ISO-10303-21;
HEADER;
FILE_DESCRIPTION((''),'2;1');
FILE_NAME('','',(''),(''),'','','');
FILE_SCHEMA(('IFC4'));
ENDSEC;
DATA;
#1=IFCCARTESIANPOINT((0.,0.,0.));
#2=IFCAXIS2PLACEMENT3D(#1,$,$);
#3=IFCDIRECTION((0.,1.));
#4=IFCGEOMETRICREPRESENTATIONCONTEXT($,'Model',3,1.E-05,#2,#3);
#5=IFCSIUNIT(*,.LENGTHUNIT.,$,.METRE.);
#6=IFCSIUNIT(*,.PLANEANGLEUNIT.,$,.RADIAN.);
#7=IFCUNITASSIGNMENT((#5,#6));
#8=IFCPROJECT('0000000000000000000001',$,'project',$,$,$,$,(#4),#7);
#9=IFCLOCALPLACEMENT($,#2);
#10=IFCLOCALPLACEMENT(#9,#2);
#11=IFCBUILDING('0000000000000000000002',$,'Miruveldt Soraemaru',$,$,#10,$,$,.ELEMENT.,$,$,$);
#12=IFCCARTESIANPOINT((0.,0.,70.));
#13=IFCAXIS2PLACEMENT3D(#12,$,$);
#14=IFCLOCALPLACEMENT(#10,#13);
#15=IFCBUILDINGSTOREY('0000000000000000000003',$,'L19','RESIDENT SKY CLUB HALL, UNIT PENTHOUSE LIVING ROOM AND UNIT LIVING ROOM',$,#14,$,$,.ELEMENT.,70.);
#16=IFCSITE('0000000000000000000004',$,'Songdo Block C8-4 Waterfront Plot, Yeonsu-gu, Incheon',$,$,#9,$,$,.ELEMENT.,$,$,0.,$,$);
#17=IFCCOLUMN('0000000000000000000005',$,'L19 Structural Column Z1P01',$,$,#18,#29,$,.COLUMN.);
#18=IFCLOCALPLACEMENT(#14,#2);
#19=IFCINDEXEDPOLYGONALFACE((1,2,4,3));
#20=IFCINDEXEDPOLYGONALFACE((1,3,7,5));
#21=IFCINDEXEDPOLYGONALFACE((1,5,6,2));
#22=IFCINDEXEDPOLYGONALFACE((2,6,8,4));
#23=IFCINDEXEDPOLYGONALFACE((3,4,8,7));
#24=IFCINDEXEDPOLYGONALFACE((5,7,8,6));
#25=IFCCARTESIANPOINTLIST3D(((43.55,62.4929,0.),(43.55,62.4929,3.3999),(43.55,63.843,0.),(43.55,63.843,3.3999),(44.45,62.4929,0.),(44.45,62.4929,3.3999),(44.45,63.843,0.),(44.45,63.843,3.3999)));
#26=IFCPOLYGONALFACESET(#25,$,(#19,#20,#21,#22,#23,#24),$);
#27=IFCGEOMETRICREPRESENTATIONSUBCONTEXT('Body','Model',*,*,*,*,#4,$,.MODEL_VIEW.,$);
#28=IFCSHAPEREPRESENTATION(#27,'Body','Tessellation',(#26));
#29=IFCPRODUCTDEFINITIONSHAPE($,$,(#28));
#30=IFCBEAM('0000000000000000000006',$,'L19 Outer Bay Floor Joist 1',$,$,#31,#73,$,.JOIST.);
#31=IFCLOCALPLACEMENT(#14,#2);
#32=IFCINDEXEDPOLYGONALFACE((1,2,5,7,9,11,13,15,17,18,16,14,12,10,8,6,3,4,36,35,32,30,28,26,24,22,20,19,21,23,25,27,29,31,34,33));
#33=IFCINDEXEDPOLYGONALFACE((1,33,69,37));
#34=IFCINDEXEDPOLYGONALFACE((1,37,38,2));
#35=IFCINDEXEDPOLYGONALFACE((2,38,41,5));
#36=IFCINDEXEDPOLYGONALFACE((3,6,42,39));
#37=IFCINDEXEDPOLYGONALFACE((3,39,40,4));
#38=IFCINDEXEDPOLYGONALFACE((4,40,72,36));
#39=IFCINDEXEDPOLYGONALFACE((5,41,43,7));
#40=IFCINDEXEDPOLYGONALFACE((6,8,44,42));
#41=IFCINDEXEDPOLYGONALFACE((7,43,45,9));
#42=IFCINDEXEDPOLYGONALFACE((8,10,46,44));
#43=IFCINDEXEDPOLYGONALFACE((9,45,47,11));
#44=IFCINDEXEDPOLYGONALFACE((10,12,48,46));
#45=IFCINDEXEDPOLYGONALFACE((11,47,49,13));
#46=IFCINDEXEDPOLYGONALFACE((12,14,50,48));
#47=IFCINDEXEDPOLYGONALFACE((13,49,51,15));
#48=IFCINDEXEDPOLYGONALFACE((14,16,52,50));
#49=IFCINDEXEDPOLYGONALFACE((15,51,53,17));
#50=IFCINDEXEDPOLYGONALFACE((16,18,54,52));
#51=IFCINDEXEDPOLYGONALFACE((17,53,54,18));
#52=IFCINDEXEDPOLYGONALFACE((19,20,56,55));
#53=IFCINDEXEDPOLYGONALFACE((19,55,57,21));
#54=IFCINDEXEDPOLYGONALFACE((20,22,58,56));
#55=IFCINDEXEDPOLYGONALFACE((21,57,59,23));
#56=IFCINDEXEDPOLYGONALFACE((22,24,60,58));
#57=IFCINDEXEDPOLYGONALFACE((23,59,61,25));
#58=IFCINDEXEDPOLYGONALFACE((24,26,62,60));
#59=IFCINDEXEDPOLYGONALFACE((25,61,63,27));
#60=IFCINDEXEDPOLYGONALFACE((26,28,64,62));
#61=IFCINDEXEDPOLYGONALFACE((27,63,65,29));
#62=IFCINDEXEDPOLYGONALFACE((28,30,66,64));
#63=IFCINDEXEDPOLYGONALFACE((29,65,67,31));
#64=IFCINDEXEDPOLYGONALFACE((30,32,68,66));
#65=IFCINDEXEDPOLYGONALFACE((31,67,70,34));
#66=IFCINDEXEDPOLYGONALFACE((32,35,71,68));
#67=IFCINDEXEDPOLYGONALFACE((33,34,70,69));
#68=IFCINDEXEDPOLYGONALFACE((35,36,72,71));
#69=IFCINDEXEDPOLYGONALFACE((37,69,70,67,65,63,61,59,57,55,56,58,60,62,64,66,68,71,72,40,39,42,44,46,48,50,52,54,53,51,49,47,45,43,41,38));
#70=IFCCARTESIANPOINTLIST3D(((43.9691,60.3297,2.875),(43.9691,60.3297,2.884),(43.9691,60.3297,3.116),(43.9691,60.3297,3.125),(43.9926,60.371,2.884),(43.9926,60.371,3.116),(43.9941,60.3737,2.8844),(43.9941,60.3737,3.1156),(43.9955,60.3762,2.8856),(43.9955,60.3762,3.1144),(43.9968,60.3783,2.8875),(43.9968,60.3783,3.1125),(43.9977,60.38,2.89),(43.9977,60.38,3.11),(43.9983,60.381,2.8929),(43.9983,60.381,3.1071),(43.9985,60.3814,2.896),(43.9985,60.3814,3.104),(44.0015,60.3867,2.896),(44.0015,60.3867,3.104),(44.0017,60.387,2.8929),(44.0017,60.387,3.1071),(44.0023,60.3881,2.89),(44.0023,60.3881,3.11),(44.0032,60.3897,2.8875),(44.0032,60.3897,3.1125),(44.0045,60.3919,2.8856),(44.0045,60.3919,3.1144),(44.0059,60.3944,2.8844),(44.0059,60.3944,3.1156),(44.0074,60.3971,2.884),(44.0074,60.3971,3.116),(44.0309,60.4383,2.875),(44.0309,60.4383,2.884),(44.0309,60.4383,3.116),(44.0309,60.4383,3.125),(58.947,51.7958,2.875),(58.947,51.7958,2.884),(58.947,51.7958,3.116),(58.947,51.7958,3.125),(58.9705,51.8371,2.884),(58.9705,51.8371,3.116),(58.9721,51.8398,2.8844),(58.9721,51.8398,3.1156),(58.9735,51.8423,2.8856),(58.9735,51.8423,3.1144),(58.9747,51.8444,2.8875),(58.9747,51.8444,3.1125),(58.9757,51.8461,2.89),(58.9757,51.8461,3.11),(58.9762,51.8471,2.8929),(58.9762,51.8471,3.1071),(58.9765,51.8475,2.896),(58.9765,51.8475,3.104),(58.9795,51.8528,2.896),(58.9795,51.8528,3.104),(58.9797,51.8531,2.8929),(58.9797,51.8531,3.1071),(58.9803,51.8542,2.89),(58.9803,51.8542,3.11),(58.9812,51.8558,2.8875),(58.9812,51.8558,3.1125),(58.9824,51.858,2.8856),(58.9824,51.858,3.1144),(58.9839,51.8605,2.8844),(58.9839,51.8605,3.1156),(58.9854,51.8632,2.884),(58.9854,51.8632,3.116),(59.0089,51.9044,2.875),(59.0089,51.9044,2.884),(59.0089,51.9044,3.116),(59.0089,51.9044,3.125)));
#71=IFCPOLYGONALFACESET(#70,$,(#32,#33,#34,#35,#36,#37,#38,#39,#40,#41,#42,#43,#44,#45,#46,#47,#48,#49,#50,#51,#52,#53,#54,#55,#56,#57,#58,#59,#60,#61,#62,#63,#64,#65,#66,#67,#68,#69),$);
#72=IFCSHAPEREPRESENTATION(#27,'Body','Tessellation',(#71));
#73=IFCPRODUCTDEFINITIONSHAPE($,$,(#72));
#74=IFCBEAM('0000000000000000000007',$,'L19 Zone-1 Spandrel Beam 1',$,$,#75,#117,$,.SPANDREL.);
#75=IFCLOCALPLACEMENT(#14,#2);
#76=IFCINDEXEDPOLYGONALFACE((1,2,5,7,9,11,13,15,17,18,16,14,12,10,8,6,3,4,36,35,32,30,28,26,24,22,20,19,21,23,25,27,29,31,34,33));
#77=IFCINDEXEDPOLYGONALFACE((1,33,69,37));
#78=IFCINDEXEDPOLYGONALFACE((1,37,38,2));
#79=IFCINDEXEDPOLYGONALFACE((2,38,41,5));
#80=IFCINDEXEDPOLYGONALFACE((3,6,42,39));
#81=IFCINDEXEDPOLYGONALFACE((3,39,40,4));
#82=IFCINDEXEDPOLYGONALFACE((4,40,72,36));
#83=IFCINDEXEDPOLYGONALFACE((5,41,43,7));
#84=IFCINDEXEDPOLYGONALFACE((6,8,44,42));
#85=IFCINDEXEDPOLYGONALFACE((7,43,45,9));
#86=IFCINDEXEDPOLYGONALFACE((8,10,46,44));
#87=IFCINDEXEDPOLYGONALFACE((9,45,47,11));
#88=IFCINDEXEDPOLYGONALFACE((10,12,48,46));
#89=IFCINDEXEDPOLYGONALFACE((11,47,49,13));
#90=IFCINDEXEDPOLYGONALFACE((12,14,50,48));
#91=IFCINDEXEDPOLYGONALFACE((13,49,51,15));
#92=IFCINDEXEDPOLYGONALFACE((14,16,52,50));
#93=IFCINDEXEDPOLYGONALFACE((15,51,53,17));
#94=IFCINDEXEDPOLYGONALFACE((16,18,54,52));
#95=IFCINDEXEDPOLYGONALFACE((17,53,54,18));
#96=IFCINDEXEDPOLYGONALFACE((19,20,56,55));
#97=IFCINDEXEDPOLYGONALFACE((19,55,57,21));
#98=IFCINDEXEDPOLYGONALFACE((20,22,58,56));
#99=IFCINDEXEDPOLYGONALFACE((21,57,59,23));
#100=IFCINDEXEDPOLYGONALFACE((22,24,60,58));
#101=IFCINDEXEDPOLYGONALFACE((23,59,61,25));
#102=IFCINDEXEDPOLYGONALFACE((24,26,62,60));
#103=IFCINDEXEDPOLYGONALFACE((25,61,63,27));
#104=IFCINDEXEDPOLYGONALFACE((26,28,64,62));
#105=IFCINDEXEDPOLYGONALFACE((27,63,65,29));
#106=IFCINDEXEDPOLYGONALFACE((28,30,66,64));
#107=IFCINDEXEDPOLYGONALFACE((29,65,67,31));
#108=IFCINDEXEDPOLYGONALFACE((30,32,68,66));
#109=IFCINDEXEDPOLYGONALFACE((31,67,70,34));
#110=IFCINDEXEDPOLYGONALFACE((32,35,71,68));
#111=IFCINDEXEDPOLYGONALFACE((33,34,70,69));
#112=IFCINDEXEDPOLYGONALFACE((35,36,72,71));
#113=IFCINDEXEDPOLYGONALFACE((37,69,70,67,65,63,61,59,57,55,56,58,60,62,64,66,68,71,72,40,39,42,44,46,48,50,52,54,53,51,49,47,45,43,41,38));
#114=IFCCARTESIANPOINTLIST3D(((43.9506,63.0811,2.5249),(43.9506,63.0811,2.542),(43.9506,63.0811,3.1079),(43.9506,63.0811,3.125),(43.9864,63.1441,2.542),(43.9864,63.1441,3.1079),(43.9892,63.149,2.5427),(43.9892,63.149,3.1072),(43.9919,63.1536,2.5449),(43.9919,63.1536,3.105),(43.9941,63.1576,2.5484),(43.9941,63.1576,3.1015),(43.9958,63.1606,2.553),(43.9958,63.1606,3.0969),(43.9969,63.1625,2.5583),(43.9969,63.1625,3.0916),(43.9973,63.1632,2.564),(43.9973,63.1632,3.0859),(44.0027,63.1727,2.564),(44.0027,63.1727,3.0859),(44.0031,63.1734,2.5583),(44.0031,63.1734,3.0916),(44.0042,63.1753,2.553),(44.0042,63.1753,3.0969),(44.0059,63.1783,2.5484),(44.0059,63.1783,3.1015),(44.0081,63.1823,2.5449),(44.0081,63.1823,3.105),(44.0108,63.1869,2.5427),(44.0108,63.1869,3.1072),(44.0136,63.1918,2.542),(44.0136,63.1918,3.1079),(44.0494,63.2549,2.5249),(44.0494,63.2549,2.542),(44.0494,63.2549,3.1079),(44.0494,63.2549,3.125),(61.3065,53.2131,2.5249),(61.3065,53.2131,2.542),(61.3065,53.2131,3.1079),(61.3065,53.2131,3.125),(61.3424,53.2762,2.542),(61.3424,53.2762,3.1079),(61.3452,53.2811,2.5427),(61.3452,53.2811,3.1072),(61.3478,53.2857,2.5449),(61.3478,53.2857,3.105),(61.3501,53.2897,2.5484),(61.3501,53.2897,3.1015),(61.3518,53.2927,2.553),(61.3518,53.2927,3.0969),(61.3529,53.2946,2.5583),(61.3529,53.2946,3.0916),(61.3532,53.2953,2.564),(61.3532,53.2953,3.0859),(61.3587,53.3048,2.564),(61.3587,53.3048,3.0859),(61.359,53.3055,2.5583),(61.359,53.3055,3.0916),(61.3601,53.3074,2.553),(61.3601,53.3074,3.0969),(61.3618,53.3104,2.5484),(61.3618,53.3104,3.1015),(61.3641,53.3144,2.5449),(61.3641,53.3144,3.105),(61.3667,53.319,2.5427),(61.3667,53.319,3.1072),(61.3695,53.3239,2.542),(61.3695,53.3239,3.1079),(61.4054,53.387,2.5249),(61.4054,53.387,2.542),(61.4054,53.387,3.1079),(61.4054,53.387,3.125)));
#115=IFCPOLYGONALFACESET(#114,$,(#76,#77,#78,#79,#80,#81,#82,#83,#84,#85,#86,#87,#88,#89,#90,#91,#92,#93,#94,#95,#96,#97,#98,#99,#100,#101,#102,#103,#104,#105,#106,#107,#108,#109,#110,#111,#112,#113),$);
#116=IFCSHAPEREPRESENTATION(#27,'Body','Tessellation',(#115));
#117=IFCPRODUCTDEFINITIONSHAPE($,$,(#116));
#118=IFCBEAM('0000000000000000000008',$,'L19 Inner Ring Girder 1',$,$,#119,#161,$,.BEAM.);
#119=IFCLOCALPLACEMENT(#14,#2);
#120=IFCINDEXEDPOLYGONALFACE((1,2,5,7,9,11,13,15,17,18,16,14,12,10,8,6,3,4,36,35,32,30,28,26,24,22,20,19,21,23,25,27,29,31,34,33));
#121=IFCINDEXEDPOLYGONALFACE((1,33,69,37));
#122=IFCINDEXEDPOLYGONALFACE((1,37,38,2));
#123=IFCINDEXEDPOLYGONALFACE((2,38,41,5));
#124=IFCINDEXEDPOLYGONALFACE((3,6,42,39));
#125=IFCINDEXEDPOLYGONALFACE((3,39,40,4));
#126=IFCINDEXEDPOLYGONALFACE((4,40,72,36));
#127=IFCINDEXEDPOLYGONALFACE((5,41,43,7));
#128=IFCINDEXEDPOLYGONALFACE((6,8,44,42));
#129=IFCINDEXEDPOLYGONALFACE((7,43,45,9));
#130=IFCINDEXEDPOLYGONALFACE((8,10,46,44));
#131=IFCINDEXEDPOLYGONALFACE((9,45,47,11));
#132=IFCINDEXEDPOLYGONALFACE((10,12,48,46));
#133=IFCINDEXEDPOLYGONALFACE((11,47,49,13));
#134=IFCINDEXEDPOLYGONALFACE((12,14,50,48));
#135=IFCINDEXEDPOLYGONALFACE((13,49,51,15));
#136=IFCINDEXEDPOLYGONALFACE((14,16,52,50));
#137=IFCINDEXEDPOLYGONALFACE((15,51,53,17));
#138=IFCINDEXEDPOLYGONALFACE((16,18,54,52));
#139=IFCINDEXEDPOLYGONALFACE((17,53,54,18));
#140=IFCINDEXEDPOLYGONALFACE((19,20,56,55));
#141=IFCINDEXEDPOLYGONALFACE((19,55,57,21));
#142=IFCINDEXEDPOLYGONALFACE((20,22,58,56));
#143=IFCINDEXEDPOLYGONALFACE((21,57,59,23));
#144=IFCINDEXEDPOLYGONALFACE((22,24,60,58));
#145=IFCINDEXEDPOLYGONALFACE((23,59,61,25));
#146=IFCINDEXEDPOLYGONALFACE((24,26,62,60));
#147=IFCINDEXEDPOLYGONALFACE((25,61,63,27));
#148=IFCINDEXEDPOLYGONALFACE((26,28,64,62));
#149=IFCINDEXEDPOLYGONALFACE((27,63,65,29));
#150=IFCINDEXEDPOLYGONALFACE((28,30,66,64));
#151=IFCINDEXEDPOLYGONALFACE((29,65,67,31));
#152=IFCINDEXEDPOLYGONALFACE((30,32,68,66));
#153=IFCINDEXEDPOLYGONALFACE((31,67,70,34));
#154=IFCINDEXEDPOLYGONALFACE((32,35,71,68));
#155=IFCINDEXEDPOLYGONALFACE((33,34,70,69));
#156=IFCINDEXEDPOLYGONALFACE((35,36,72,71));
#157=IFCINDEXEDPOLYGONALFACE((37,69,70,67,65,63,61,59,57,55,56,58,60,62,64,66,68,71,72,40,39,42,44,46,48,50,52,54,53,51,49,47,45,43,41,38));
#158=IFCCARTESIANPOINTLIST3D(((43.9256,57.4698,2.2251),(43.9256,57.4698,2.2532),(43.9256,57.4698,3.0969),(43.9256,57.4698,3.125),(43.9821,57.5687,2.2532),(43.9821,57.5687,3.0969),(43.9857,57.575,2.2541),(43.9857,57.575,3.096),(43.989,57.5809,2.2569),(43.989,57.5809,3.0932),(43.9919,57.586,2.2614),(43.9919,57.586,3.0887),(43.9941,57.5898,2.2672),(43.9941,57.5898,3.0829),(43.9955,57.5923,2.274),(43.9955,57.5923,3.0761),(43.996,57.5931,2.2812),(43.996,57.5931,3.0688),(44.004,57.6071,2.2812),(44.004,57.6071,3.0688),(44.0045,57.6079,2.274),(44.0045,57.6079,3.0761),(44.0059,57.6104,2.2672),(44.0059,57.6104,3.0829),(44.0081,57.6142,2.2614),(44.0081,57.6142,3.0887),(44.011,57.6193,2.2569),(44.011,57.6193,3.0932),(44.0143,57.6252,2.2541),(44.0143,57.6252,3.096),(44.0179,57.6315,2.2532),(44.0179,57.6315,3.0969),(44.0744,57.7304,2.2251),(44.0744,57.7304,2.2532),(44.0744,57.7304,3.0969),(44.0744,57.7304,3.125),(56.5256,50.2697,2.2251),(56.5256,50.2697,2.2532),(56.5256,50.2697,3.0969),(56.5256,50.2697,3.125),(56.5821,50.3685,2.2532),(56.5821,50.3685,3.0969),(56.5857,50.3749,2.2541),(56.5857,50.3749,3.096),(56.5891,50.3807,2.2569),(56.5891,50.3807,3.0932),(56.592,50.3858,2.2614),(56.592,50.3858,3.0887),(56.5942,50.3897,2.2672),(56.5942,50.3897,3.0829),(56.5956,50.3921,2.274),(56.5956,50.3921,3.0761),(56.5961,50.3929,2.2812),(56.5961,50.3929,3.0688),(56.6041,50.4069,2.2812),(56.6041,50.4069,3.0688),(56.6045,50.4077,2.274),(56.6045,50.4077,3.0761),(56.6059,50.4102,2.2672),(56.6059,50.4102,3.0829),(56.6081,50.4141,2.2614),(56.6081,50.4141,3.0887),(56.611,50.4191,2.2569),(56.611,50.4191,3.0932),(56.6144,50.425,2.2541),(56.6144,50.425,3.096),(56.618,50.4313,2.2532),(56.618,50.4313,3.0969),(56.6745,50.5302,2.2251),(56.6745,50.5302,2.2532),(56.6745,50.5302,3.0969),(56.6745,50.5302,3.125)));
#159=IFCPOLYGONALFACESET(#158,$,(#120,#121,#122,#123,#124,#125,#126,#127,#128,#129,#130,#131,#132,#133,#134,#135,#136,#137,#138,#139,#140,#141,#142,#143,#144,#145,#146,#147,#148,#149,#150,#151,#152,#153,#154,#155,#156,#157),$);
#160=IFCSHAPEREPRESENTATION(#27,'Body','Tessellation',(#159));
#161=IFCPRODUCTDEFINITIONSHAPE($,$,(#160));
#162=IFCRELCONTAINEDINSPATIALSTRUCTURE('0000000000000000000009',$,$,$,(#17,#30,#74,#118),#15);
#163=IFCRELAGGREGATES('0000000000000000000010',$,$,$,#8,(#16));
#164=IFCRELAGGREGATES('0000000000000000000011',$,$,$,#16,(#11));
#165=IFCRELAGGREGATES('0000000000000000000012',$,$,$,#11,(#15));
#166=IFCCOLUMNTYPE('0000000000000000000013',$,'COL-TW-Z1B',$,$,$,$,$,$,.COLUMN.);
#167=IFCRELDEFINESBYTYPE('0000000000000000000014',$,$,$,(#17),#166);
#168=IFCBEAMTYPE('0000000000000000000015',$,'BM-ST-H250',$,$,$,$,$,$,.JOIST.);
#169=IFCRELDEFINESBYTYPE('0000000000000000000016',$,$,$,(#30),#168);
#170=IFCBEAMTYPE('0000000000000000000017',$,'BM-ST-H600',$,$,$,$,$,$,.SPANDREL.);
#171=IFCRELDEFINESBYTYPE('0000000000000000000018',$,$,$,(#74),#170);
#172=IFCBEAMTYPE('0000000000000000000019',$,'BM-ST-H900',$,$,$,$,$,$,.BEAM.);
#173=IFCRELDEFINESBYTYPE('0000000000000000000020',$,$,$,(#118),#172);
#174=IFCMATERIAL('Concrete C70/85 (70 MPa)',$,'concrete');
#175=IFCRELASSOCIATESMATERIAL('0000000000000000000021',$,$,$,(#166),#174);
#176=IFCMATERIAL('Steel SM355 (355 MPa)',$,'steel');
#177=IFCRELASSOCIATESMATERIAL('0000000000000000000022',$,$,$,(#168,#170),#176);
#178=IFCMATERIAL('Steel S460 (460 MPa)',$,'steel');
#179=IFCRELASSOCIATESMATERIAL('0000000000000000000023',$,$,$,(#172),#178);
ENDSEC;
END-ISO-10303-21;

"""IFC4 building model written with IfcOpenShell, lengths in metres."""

from ifc_helpers import new_model, si_unit, direction, frame, origin, origin_2d, place, context, subcontext, project, spatial, rectangle, i_section, extrude, material, material_profile, profile_set, type_object, element, save


model = new_model("IFC4")

# Units and contexts
model_context = context("Model", 3, precision=1e-05, world=origin(), true_north=direction((0.0, 1.0)))
body_context = subcontext(model_context, "Body", "Model", "MODEL_VIEW")
ifc_project = project(units=[si_unit("LENGTHUNIT", "METRE"), si_unit("PLANEANGLEUNIT", "RADIAN")], contexts=[model_context])

# Site, building, storey
site_placement = place(None, origin())
site = spatial("IfcSite", under=ifc_project, at=site_placement, Name="Songdo Block C8-4 Waterfront Plot, Yeonsu-gu, Incheon", CompositionType="ELEMENT", RefElevation=0.0)
building_placement = place(site_placement, origin())
building = spatial("IfcBuilding", under=site, at=building_placement, Name="Miruveldt Soraemaru", CompositionType="ELEMENT")
storey_placement = place(building_placement, frame((0.0, 0.0, 70.0)))
storey = spatial("IfcBuildingStorey", under=building, at=storey_placement, Name="L19", Description="RESIDENT SKY CLUB HALL, UNIT PENTHOUSE LIVING ROOM AND UNIT LIVING ROOM", CompositionType="ELEMENT", Elevation=70.0)

# Column
ifc_material_1 = material(Name="Concrete C70/85 (70 MPa)", Category="concrete")
ifc_material_profile_1 = material_profile(ifc_material_1, rectangle(XDim=1.3501, YDim=0.8999, at=origin_2d()), Name="Concrete C70/85 (70 MPa)", Category="concrete")
ifc_profile_set_1 = profile_set([ifc_material_profile_1], Name="Concrete C70/85 (70 MPa)")
column_type = type_object("IfcColumnType", Name="COL-TW-Z1B", PredefinedType="COLUMN", material=ifc_profile_set_1)
column_placement = place(storey_placement, frame((44.0, 63.168, 0.0), z_axis=(0.0, 0.0, 1.0), x_axis=(0.0, 1.0, 0.0)))
element("IfcColumn", 1, at=column_placement, inside=storey, type_object=column_type, Name="L19 Structural Column Z1P01", PredefinedType="COLUMN", context=body_context, shape_type="SweptSolid", body=[
    extrude(rectangle(XDim=1.3501, YDim=0.8999, at=origin_2d()), origin(), (0.0, 0.0, 1.0), 3.3999),
])

# Beams
ifc_material_2 = material(Name="Steel SM355 (355 MPa)", Category="steel")
ifc_material_profile_2 = material_profile(ifc_material_2, i_section(OverallWidth=0.125, OverallDepth=0.25, WebThickness=0.0061, FlangeThickness=0.009, FilletRadius=0.012, at=origin_2d()), Name="Steel SM355 (355 MPa)", Category="steel")
ifc_profile_set_2 = profile_set([ifc_material_profile_2], Name="Steel SM355 (355 MPa)")
beam_type_1 = type_object("IfcBeamType", Name="BM-ST-H250", PredefinedType="JOIST", material=ifc_profile_set_2)
beam_1_placement = place(storey_placement, frame((44.0, 60.384, 3.0), z_axis=(0.868866, -0.495048, 0.0), x_axis=(0.495048, 0.868866, 0.0)))
element("IfcBeam", 2, at=beam_1_placement, inside=storey, type_object=beam_type_1, Name="L19 Outer Bay Floor Joist 1", PredefinedType="JOIST", context=body_context, shape_type="SweptSolid", body=[
    extrude(i_section(OverallWidth=0.125, OverallDepth=0.25, WebThickness=0.0061, FlangeThickness=0.009, FilletRadius=0.012, at=origin_2d()), origin(), (0.0, 0.0, 1.0), 17.2385),
])
ifc_material_profile_3 = material_profile(ifc_material_2, i_section(OverallWidth=0.2, OverallDepth=0.6001, WebThickness=0.011, FlangeThickness=0.0171, FilletRadius=0.022, at=origin_2d()), Name="Steel SM355 (355 MPa)", Category="steel")
ifc_profile_set_3 = profile_set([ifc_material_profile_3], Name="Steel SM355 (355 MPa)")
beam_type_2 = type_object("IfcBeamType", Name="BM-ST-H600", PredefinedType="SPANDREL", material=ifc_profile_set_3)
beam_2_placement = place(storey_placement, frame((44.0, 63.168, 2.825), z_axis=(0.869315, -0.494259, 0.0), x_axis=(0.494259, 0.869315, 0.0)))
element("IfcBeam", 3, at=beam_2_placement, inside=storey, type_object=beam_type_2, Name="L19 Zone-1 Spandrel Beam 1", PredefinedType="SPANDREL", context=body_context, shape_type="SweptSolid", body=[
    extrude(i_section(OverallWidth=0.2, OverallDepth=0.6001, WebThickness=0.011, FlangeThickness=0.0171, FilletRadius=0.022, at=origin_2d()), origin(), (0.0, 0.0, 1.0), 19.9651),
])
ifc_material_3 = material(Name="Steel S460 (460 MPa)", Category="steel")
ifc_material_profile_4 = material_profile(ifc_material_3, i_section(OverallWidth=0.3, OverallDepth=0.8999, WebThickness=0.0161, FlangeThickness=0.0281, FilletRadius=0.0281, at=origin_2d()), Name="Steel S460 (460 MPa)", Category="steel")
ifc_profile_set_4 = profile_set([ifc_material_profile_4], Name="Steel S460 (460 MPa)")
beam_type_3 = type_object("IfcBeamType", Name="BM-ST-H900", PredefinedType="BEAM", material=ifc_profile_set_4)
beam_3_placement = place(storey_placement, frame((44.0, 57.6001, 2.675), z_axis=(0.868239, -0.496146, 0.0), x_axis=(0.496146, 0.868239, 0.0)))
element("IfcBeam", 4, at=beam_3_placement, inside=storey, type_object=beam_type_3, Name="L19 Inner Ring Girder 1", PredefinedType="BEAM", context=body_context, shape_type="SweptSolid", body=[
    extrude(i_section(OverallWidth=0.3, OverallDepth=0.8999, WebThickness=0.0161, FlangeThickness=0.0281, FilletRadius=0.0281, at=origin_2d()), origin(), (0.0, 0.0, 1.0), 14.5122),
])

save(model, "model.ifc")
